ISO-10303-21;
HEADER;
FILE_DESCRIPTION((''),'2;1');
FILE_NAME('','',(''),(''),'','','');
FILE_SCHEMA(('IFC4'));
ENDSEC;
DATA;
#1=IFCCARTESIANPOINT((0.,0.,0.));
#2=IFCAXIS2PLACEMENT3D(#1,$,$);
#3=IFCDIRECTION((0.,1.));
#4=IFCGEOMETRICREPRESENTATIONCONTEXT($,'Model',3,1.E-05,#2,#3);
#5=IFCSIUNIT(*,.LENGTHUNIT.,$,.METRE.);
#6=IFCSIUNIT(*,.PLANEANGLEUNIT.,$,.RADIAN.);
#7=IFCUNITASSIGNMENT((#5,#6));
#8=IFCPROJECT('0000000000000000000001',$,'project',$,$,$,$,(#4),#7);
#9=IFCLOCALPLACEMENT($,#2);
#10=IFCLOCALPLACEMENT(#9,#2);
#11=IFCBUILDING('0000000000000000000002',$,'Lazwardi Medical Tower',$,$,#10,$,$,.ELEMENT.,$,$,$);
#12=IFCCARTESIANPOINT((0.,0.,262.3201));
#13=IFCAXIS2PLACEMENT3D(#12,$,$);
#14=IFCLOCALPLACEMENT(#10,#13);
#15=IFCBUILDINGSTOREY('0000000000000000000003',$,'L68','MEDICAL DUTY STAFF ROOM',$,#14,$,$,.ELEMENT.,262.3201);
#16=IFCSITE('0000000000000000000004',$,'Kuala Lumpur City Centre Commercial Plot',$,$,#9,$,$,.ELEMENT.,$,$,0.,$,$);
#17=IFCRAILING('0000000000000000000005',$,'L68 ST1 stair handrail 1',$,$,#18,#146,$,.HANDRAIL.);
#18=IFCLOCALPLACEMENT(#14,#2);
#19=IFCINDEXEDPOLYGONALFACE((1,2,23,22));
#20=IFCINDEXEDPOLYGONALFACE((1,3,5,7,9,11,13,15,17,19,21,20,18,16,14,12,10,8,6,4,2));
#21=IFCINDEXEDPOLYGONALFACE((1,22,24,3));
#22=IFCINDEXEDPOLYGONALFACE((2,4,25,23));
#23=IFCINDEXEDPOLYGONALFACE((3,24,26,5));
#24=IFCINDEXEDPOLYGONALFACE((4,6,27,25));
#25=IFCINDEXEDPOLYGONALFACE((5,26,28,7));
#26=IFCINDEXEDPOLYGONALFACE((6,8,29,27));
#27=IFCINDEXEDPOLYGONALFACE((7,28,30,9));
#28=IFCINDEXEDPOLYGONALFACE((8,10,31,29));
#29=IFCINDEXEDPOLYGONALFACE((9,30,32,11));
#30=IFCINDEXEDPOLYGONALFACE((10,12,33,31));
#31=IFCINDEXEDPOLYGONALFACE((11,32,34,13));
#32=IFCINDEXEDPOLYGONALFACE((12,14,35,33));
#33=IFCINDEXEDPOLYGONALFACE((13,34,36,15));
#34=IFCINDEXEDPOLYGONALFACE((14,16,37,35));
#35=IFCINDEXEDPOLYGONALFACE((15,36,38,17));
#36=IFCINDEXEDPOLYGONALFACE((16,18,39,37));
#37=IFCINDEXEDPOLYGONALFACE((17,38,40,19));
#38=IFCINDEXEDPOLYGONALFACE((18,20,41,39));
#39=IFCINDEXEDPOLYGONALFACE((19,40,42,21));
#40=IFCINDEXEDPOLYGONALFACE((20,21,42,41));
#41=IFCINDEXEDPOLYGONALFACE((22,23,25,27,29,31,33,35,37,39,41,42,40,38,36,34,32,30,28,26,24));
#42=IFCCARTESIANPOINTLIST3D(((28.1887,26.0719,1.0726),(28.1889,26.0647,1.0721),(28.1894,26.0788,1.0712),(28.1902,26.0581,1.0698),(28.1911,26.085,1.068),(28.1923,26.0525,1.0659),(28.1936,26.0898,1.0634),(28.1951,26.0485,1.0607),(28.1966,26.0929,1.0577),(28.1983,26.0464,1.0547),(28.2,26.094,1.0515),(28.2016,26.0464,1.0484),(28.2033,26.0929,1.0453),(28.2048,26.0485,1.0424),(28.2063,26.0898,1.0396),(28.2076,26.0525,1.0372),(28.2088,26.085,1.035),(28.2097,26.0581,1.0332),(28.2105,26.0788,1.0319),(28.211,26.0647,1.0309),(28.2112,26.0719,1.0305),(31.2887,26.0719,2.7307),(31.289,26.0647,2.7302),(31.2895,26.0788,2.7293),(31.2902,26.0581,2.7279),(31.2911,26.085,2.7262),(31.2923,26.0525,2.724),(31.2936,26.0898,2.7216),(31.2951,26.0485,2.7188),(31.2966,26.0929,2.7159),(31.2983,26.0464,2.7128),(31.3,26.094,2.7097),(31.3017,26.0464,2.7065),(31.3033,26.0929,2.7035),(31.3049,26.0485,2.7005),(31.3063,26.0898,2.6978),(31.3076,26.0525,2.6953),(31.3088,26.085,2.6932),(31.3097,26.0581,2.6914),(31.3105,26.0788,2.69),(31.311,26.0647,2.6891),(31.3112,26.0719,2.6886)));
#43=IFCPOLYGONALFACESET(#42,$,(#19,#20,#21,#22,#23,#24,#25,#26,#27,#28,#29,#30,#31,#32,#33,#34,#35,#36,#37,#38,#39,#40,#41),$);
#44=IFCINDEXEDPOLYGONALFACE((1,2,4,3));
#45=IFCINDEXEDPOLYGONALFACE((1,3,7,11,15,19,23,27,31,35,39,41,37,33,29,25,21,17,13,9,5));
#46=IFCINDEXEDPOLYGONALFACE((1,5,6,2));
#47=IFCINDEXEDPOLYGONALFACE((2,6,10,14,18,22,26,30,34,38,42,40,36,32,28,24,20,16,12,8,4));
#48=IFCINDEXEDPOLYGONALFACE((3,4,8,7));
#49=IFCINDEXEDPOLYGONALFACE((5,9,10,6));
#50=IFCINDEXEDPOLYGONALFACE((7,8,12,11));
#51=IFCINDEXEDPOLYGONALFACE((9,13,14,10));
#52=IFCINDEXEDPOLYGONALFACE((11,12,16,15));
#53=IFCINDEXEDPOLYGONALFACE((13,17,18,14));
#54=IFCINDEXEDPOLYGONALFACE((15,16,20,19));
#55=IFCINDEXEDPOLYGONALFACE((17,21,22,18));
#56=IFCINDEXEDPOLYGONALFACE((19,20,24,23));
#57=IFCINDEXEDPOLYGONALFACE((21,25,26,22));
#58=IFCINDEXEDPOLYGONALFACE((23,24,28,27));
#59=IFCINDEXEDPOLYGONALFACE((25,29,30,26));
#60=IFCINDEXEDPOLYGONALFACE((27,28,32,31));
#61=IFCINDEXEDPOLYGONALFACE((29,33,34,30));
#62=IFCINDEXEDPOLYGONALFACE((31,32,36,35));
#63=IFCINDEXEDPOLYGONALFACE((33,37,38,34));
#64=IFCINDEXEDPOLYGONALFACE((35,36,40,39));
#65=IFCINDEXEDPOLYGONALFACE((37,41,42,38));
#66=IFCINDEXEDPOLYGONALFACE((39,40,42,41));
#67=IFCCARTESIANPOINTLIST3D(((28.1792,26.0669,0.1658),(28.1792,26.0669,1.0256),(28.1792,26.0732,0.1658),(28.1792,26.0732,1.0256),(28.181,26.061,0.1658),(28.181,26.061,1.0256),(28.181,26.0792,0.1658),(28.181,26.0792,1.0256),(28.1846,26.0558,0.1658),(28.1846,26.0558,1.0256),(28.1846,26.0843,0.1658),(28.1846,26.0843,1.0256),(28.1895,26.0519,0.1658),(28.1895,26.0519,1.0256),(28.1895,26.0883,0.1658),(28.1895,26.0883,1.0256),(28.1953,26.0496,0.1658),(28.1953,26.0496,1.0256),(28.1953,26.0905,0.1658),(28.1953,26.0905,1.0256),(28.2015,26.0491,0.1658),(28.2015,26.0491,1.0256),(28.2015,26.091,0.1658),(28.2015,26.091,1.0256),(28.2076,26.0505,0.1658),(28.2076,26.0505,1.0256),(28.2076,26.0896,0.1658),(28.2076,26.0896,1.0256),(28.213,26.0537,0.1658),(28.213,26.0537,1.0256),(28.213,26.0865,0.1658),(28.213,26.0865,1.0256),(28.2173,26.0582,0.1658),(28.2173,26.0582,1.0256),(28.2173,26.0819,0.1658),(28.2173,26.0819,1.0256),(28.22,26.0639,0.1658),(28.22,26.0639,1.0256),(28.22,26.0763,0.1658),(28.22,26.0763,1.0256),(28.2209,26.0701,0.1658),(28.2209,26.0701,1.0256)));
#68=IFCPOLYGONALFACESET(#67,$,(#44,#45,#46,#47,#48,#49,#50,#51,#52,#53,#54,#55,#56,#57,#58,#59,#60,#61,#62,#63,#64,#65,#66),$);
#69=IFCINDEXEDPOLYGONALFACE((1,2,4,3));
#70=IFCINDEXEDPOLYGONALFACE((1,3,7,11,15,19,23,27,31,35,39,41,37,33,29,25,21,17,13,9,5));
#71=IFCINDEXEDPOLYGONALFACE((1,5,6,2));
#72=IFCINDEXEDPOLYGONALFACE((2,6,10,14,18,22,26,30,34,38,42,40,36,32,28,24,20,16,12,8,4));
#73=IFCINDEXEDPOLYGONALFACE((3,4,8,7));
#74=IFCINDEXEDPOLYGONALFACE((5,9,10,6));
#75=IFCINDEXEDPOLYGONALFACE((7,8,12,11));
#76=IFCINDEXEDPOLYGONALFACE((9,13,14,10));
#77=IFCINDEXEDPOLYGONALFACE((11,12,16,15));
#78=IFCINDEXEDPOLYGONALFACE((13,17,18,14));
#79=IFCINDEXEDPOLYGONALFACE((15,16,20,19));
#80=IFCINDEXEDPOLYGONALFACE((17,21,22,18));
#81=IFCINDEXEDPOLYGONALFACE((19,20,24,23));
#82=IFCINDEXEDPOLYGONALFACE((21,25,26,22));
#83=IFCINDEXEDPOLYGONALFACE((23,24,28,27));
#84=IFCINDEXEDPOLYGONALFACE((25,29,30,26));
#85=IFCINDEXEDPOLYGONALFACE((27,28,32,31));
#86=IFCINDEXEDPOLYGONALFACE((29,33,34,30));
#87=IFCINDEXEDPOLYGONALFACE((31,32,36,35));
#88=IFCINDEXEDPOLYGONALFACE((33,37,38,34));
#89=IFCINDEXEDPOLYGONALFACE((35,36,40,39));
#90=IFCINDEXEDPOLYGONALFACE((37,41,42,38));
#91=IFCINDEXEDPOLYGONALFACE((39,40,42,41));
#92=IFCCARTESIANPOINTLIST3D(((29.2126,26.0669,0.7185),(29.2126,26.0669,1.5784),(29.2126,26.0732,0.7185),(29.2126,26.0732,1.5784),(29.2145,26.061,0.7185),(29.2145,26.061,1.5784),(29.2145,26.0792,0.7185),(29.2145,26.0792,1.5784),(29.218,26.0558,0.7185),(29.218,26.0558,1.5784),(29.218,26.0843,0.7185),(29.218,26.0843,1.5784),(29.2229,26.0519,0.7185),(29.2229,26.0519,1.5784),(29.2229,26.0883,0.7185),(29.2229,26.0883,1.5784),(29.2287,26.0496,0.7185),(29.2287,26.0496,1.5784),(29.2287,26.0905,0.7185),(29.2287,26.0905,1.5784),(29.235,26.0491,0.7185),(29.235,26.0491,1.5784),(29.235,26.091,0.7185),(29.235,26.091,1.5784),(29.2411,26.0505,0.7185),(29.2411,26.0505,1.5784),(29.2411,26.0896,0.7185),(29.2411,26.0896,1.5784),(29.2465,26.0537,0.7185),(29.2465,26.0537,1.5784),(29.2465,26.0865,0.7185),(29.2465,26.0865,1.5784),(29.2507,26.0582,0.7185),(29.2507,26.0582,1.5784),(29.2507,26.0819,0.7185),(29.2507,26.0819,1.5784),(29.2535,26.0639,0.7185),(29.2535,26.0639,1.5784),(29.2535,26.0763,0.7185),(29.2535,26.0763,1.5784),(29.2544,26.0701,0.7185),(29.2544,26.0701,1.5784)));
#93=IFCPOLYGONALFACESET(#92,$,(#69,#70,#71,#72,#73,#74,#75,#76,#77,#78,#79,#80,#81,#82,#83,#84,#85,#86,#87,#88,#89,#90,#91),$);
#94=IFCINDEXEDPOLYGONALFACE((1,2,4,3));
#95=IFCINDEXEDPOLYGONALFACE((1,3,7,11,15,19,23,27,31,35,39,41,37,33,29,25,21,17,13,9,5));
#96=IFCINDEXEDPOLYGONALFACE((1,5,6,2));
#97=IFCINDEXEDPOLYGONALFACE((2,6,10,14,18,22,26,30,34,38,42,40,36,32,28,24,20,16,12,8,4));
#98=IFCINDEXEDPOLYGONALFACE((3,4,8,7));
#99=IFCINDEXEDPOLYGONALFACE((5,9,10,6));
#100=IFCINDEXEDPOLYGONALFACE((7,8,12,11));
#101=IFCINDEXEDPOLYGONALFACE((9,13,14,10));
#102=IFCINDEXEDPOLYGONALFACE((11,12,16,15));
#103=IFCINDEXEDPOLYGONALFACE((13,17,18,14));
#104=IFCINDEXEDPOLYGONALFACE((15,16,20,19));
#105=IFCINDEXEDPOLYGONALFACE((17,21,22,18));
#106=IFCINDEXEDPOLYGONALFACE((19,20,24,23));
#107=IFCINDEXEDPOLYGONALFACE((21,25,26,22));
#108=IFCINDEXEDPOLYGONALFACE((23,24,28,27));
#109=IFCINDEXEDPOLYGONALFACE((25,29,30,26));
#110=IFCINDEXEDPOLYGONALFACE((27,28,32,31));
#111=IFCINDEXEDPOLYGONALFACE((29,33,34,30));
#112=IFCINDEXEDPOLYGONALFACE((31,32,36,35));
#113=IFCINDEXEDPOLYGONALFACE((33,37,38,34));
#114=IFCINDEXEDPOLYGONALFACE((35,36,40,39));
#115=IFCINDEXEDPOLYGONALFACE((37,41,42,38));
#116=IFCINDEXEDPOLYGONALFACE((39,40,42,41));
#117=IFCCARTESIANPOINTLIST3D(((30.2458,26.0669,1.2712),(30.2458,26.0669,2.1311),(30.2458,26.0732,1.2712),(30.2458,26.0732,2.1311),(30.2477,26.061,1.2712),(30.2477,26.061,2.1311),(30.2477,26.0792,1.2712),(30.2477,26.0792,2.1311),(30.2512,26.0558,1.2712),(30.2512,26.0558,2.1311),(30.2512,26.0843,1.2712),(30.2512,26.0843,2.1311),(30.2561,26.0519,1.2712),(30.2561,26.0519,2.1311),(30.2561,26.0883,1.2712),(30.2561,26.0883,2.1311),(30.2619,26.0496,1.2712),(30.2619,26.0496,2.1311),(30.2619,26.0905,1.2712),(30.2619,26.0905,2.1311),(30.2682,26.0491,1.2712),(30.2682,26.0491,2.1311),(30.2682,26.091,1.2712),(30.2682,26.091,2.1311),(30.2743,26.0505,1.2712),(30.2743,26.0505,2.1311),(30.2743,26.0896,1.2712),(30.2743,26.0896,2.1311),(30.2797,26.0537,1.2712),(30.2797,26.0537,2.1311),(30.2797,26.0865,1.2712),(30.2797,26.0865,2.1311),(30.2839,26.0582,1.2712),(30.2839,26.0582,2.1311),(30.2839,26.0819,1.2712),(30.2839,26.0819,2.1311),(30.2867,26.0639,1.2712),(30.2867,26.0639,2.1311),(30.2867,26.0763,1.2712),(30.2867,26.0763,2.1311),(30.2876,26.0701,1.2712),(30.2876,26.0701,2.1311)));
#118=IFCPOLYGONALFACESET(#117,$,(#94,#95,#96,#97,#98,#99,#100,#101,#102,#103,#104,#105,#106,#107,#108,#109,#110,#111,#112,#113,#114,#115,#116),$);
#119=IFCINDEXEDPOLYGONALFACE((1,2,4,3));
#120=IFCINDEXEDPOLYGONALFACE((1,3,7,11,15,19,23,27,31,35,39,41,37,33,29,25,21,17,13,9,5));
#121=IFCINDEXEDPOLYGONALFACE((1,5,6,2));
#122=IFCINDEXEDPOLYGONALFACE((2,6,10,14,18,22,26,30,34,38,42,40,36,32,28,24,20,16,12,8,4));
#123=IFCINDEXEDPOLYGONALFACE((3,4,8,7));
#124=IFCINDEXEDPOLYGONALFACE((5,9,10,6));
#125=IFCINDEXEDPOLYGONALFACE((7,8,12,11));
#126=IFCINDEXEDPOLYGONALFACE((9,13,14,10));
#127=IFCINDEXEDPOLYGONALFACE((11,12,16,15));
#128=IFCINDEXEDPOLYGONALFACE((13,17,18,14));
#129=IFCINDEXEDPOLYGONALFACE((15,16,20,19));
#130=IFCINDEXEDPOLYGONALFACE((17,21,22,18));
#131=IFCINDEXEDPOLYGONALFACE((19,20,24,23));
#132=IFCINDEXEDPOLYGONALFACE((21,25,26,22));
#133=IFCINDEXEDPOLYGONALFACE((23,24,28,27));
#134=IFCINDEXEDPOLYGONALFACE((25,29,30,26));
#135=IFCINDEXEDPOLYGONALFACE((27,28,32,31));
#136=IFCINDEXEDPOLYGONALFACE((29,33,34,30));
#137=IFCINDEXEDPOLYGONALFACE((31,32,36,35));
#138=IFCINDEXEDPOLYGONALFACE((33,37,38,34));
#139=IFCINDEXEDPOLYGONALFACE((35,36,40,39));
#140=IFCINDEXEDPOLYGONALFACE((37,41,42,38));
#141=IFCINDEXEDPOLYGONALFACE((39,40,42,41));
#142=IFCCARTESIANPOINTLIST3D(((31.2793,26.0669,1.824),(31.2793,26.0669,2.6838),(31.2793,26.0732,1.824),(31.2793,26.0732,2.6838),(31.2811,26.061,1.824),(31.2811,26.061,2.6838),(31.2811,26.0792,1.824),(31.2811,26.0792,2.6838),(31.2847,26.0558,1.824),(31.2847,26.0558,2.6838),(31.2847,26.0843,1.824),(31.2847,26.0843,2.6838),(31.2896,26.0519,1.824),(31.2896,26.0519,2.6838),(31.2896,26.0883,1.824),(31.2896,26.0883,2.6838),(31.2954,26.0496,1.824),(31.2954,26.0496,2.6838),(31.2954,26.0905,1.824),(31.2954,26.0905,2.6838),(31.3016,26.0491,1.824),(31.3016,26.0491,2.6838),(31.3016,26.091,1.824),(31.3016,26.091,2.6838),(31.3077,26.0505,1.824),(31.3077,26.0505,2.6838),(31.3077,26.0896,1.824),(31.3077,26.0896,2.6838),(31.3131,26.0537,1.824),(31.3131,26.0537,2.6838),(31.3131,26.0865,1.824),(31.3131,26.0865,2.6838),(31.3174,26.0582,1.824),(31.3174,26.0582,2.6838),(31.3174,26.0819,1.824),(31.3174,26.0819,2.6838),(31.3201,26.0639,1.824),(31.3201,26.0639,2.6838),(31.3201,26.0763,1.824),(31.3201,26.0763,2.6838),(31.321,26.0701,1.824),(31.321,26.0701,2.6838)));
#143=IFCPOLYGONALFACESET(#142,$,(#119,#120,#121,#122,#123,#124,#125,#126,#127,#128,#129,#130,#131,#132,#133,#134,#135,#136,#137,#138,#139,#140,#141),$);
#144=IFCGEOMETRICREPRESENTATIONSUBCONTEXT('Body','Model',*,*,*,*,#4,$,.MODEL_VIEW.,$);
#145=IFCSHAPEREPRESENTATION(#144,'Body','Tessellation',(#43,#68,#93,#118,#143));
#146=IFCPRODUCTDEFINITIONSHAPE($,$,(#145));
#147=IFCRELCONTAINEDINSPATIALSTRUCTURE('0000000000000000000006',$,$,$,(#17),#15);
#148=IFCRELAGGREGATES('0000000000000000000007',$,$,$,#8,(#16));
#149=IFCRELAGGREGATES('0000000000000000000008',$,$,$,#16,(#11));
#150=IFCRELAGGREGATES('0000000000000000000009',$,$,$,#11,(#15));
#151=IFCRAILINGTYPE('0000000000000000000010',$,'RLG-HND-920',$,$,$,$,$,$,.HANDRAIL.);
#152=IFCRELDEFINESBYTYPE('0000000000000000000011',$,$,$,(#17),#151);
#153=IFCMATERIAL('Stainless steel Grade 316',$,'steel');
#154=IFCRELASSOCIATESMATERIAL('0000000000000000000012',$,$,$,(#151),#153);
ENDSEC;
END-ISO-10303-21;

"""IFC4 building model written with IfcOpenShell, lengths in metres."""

from ifc_helpers import new_model, si_unit, direction, frame, origin, origin_2d, place, context, subcontext, project, spatial, circle, extrude, material, type_object, element, save


model = new_model("IFC4")

# Units and contexts
model_context = context("Model", 3, precision=1e-05, world=origin(), true_north=direction((0.0, 1.0)))
body_context = subcontext(model_context, "Body", "Model", "MODEL_VIEW")
ifc_project = project(units=[si_unit("LENGTHUNIT", "METRE"), si_unit("PLANEANGLEUNIT", "RADIAN")], contexts=[model_context])

# Site, building, storey
site_placement = place(None, origin())
site = spatial("IfcSite", under=ifc_project, at=site_placement, Name="Kuala Lumpur City Centre Commercial Plot", CompositionType="ELEMENT", RefElevation=0.0)
building_placement = place(site_placement, origin())
building = spatial("IfcBuilding", under=site, at=building_placement, Name="Lazwardi Medical Tower", CompositionType="ELEMENT")
storey_placement = place(building_placement, frame((0.0, 0.0, 262.3201)))
storey = spatial("IfcBuildingStorey", under=building, at=storey_placement, Name="L68", Description="MEDICAL DUTY STAFF ROOM", CompositionType="ELEMENT", Elevation=262.3201)

# Railing
ifc_material_1 = material(Name="Stainless steel Grade 316", Category="steel")
railing_type_1 = type_object("IfcRailingType", Name="RLG-HND-920", PredefinedType="HANDRAIL", material=ifc_material_1)
railing_1_placement = place(storey_placement, frame((28.2, 26.0701, 0.1658)))
element("IfcRailing", 1, at=railing_1_placement, inside=storey, type_object=railing_type_1, Name="L68 ST1 stair handrail 1", PredefinedType="HANDRAIL", context=body_context, shape_type="SweptSolid", body=[
    extrude(circle(Radius=0.0239, at=origin_2d()), frame((0.0, 0.0, 0.8857), z_axis=(0.881783, 0.0, 0.471655), x_axis=(0.0, 1.0, 0.0)), (0.0, 0.0, 1.0), 3.5156),
    extrude(circle(Radius=0.021, at=origin_2d()), origin(), (0.0, 0.0, 1.0), 0.8599),
    extrude(circle(Radius=0.021, at=origin_2d()), frame((1.0334, 0.0, 0.5527)), (0.0, 0.0, 1.0), 0.8599),
    extrude(circle(Radius=0.021, at=origin_2d()), frame((2.0667, 0.0, 1.1055)), (0.0, 0.0, 1.0), 0.8599),
    extrude(circle(Radius=0.021, at=origin_2d()), frame((3.1001, 0.0, 1.6582)), (0.0, 0.0, 1.0), 0.8599),
])

save(model, "model.ifc")
